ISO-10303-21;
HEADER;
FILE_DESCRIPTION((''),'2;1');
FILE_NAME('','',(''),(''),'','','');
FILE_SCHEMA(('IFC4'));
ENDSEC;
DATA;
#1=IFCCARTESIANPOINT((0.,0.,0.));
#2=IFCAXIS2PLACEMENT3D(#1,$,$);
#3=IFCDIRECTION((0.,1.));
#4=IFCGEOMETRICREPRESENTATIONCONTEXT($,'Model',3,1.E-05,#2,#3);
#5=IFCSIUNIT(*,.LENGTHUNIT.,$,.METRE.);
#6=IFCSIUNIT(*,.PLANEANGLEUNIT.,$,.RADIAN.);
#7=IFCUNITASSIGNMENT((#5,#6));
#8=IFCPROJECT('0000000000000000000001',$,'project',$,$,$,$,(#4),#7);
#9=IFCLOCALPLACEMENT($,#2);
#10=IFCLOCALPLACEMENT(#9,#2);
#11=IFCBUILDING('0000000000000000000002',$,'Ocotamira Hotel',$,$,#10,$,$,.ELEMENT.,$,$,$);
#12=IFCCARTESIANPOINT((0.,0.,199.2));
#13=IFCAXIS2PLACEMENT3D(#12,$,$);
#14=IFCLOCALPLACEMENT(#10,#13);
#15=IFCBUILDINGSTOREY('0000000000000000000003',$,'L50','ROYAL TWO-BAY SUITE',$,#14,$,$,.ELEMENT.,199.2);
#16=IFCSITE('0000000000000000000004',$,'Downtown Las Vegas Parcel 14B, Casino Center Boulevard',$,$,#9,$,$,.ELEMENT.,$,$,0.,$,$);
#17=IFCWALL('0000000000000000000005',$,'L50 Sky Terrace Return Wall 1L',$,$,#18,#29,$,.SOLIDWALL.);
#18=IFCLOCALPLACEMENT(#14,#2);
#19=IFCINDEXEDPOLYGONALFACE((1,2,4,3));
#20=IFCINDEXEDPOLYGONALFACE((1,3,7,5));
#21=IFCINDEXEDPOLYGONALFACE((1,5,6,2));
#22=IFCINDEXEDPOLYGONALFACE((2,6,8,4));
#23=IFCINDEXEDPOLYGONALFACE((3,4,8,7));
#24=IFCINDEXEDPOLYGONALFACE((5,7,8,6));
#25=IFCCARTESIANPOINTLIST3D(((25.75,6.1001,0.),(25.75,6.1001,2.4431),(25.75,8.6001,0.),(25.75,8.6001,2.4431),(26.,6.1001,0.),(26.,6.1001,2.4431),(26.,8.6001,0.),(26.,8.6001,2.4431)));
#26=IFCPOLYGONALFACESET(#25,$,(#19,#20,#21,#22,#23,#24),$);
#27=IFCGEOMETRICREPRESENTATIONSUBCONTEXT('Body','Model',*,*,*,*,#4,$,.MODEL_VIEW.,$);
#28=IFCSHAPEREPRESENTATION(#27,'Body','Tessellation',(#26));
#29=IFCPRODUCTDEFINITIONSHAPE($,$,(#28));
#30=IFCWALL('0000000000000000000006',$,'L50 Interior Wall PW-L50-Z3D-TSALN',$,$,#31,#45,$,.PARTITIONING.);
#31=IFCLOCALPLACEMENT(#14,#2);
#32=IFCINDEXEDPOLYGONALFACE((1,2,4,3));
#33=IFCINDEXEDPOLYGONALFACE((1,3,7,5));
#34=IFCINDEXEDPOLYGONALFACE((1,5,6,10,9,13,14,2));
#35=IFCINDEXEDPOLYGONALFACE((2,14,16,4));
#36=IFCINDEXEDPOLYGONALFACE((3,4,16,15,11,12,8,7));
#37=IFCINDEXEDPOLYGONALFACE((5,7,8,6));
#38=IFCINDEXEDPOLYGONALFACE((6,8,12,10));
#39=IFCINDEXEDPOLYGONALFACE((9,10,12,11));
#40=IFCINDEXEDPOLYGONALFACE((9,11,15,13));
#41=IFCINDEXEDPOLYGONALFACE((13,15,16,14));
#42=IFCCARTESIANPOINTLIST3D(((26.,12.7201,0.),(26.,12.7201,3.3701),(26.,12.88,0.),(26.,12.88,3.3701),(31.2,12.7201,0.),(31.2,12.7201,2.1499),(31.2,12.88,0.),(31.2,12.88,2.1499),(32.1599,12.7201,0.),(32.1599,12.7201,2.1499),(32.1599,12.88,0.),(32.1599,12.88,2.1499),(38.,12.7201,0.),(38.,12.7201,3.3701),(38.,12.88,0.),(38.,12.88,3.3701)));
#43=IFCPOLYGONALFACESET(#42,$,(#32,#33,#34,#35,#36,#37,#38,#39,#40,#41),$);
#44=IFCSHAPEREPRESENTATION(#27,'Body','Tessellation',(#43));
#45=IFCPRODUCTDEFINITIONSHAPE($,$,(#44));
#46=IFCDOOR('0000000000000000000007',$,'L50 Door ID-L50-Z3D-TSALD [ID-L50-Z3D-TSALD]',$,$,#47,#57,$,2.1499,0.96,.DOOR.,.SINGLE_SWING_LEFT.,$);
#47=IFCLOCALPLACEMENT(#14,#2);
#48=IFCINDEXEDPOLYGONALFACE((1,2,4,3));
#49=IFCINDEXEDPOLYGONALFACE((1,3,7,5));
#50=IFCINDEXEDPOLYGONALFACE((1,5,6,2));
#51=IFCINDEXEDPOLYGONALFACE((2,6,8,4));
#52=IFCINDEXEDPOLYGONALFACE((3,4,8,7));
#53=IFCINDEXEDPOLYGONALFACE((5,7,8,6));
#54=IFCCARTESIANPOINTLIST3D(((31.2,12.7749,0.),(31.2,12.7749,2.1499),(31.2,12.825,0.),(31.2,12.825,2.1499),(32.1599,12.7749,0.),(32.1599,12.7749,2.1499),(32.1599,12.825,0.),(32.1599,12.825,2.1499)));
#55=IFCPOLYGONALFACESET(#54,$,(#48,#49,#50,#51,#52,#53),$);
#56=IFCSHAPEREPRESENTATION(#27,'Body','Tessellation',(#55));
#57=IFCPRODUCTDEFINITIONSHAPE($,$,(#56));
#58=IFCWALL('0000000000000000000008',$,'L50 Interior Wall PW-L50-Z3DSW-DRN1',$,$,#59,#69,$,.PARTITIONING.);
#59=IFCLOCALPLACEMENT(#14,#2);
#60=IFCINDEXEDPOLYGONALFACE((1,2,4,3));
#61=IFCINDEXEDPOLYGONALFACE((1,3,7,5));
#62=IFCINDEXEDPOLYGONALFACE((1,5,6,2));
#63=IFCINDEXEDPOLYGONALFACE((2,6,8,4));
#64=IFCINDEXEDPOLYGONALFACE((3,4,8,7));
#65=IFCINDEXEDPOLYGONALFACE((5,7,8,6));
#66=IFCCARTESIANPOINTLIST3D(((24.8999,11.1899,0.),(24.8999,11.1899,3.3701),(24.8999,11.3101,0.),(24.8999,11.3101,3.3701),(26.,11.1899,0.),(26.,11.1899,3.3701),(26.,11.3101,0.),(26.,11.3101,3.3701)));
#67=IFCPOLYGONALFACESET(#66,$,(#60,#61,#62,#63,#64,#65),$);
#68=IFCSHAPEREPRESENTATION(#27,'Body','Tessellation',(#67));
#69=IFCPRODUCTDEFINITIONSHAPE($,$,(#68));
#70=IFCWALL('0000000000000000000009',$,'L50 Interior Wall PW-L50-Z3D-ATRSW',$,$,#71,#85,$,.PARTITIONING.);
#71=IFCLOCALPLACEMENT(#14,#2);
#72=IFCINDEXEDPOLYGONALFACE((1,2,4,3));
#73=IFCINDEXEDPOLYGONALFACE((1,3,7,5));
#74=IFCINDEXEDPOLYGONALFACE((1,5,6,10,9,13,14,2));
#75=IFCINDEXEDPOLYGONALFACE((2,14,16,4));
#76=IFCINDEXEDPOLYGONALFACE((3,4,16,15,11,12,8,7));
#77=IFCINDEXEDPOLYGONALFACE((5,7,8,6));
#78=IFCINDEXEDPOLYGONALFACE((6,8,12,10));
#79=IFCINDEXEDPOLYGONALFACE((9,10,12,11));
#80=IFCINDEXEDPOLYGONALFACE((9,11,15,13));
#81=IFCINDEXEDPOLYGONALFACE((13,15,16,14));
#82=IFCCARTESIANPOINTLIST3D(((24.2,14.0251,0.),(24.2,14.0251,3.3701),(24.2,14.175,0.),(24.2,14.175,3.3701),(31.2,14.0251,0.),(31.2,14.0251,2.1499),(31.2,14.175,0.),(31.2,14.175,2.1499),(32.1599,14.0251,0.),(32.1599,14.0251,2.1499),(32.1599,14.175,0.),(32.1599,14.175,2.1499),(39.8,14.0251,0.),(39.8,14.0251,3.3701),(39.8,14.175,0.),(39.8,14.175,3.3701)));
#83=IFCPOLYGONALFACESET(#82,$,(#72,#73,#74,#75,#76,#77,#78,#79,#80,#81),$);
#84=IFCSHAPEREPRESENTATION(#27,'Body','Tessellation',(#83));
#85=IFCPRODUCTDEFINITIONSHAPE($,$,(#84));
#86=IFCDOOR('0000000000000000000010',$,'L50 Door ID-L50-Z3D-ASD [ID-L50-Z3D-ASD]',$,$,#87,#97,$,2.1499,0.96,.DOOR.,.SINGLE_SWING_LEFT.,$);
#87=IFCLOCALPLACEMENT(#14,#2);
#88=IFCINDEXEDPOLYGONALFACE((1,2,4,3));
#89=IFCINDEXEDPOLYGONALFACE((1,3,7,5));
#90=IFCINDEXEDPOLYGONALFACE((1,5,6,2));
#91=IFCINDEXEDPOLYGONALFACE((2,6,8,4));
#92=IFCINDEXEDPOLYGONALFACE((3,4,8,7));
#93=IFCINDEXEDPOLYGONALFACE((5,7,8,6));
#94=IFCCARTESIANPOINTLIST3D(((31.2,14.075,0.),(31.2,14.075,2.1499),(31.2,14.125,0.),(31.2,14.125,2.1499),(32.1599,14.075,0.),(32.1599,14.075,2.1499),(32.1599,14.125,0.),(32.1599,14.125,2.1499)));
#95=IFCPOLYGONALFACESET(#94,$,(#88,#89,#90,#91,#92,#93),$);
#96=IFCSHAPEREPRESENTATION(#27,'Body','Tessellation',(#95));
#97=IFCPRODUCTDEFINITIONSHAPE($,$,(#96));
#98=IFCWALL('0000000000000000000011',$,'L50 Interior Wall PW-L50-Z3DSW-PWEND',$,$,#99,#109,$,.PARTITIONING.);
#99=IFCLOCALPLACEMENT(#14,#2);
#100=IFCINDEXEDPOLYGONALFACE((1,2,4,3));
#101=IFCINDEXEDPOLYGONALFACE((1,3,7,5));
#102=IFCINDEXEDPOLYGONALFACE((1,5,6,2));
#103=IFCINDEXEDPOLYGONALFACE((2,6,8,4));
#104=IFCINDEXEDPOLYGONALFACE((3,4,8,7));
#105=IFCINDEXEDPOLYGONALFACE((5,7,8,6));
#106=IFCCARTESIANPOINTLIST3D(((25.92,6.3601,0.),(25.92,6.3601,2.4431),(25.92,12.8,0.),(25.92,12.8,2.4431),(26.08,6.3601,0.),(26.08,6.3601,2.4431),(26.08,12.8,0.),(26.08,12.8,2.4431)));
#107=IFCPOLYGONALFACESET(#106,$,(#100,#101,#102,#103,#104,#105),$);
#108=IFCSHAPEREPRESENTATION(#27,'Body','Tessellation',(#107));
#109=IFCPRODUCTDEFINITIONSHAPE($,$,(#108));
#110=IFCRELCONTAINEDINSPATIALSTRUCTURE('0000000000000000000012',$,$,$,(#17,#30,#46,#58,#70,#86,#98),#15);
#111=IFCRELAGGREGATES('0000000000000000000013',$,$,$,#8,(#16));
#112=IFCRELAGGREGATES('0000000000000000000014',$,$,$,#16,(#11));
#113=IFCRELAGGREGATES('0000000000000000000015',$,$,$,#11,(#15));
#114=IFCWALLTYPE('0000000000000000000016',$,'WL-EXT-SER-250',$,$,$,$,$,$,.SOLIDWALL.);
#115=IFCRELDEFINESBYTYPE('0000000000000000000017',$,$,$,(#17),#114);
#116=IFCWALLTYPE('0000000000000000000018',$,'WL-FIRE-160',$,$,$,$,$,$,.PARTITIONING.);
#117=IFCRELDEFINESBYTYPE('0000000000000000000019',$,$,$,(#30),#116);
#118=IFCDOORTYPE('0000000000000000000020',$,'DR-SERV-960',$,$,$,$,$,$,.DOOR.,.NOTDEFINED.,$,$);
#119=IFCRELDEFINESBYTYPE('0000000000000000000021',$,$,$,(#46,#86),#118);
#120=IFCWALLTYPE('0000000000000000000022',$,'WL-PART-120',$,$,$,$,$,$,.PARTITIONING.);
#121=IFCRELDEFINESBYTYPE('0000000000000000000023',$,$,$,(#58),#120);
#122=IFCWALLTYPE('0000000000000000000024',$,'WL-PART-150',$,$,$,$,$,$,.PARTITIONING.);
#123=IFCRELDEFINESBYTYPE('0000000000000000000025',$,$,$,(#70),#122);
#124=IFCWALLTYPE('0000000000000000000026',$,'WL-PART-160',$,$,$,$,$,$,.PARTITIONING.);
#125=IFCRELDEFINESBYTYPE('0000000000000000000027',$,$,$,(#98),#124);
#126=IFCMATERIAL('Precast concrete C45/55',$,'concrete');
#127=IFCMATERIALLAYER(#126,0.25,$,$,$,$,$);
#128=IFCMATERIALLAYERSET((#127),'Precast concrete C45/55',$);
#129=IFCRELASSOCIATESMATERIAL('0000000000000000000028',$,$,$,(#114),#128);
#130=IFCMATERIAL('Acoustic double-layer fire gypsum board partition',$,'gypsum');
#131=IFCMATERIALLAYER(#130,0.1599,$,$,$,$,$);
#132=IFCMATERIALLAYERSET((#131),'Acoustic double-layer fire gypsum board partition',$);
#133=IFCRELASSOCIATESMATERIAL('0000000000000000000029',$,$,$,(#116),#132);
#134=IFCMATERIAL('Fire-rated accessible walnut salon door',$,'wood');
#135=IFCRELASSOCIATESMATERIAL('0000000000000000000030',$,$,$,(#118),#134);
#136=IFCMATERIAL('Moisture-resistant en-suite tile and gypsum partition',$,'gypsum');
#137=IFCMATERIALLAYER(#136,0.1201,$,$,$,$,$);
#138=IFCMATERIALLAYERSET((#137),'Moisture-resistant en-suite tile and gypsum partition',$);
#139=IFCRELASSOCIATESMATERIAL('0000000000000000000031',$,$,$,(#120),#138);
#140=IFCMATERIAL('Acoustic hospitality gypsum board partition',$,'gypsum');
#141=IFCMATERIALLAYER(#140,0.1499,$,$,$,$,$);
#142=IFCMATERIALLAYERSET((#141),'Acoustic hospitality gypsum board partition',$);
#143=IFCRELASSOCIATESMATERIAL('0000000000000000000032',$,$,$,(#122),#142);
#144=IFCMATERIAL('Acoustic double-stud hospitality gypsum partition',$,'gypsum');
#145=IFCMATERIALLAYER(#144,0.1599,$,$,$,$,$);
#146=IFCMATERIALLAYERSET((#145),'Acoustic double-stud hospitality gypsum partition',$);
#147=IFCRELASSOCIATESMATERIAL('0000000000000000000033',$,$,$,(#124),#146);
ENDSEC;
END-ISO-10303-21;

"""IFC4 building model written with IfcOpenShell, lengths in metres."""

from ifc_helpers import new_model, si_unit, direction, frame, frame_2d, origin, place, context, subcontext, project, spatial, rectangle, extrude, source, transform, mapped, material, layer, layer_set, type_object, element, fill, save


model = new_model("IFC4")

# Units and contexts
model_context = context("Model", 3, precision=1e-05, world=origin(), true_north=direction((0.0, 1.0)))
body_context = subcontext(model_context, "Body", "Model", "MODEL_VIEW")
ifc_project = project(units=[si_unit("LENGTHUNIT", "METRE"), si_unit("PLANEANGLEUNIT", "RADIAN")], contexts=[model_context])

# Site, building, storey
site_placement = place(None, origin())
site = spatial("IfcSite", under=ifc_project, at=site_placement, Name="Downtown Las Vegas Parcel 14B, Casino Center Boulevard", CompositionType="ELEMENT", RefElevation=0.0)
building_placement = place(site_placement, origin())
building = spatial("IfcBuilding", under=site, at=building_placement, Name="Ocotamira Hotel", CompositionType="ELEMENT")
storey_placement = place(building_placement, frame((0.0, 0.0, 199.2)))
storey = spatial("IfcBuildingStorey", under=building, at=storey_placement, Name="L50", Description="ROYAL TWO-BAY SUITE", CompositionType="ELEMENT", Elevation=199.2)

# Shared definitions
ifc_material_1 = material(Name="Precast concrete C45/55", Category="concrete")
ifc_layer_1 = layer(ifc_material_1, 0.25)
ifc_layer_set_1 = layer_set([ifc_layer_1], Name="Precast concrete C45/55")
wall_type_1 = type_object("IfcWallType", Name="WL-EXT-SER-250", PredefinedType="SOLIDWALL", material=ifc_layer_set_1)

# Wall
wall_1_placement = place(storey_placement, frame((25.875, 6.1001, 0.0), z_axis=(0.0, 0.0, 1.0), x_axis=(0.0, 1.0, 0.0)))
element("IfcWall", 1, at=wall_1_placement, inside=storey, type_object=wall_type_1, Name="L50 Sky Terrace Return Wall 1L", PredefinedType="SOLIDWALL", context=body_context, shape_type="SweptSolid", body=[
    extrude(rectangle(XDim=2.5, YDim=0.25, at=frame_2d((1.25, 0.0))), origin(), (0.0, 0.0, 1.0), 2.4431),
])

# Wall, opening, door
ifc_material_2 = material(Name="Acoustic double-layer fire gypsum board partition", Category="gypsum")
ifc_layer_2 = layer(ifc_material_2, 0.1599)
ifc_layer_set_2 = layer_set([ifc_layer_2], Name="Acoustic double-layer fire gypsum board partition")
wall_type_2 = type_object("IfcWallType", Name="WL-FIRE-160", PredefinedType="PARTITIONING", material=ifc_layer_set_2)
wall_2_placement = place(storey_placement, frame((26.0, 12.8, 0.0), z_axis=(0.0, 0.0, 1.0), x_axis=(1.0, 0.0, 0.0)))
wall_2 = element("IfcWall", 2, at=wall_2_placement, inside=storey, type_object=wall_type_2, Name="L50 Interior Wall PW-L50-Z3D-TSALN", PredefinedType="PARTITIONING", context=body_context, shape_type="SweptSolid", body=[
    extrude(rectangle(XDim=12.0, YDim=0.1599, at=frame_2d((6.0, 0.0))), origin(), (0.0, 0.0, 1.0), 3.3701),
])
opening_1_placement = place(wall_2_placement, frame((5.2, 0.0, 0.0)))
opening_1 = element("IfcOpeningElement", 3, at=opening_1_placement, cuts=wall_2, PredefinedType="OPENING", context=body_context, shape_type="SweptSolid", body=[
    extrude(rectangle(XDim=0.96, YDim=2.1499, at=frame_2d((0.48, 1.075))), frame((0.0, 0.0898, 0.0), z_axis=(0.0, -1.0, 0.0), x_axis=(1.0, 0.0, 0.0)), (0.0, 0.0, 1.0), 0.1799),
])
ifc_material_3 = material(Name="Fire-rated accessible walnut salon door", Category="wood")
door_type_1 = type_object("IfcDoorType", Name="DR-SERV-960", OperationType="NOTDEFINED", PredefinedType="DOOR", material=ifc_material_3)
shared_shape_1 = source(origin(), body_context, "Body", "SweptSolid", [
    extrude(rectangle(XDim=0.96, YDim=2.1499, at=frame_2d((0.48, 1.075))), frame((0.0, 0.0249, 0.0), z_axis=(0.0, -1.0, 0.0), x_axis=(1.0, 0.0, 0.0)), (0.0, 0.0, 1.0), 0.05),
])
door_1_placement = place(opening_1_placement, origin())
door_1 = element("IfcDoor", 4, at=door_1_placement, inside=storey, type_object=door_type_1, Name="L50 Door ID-L50-Z3D-TSALD [ID-L50-Z3D-TSALD]", OperationType="SINGLE_SWING_LEFT", OverallHeight=2.1499, OverallWidth=0.96, PredefinedType="DOOR", context=body_context, shape_type="MappedRepresentation", body=[
    mapped(shared_shape_1, transform((0.0, 0.0, 0.0), scale=1.0)),
])
fill(opening_1, door_1)

# Wall
ifc_material_4 = material(Name="Moisture-resistant en-suite tile and gypsum partition", Category="gypsum")
ifc_layer_3 = layer(ifc_material_4, 0.1201)
ifc_layer_set_3 = layer_set([ifc_layer_3], Name="Moisture-resistant en-suite tile and gypsum partition")
wall_type_3 = type_object("IfcWallType", Name="WL-PART-120", PredefinedType="PARTITIONING", material=ifc_layer_set_3)
wall_3_placement = place(storey_placement, frame((24.8999, 11.25, 0.0), z_axis=(0.0, 0.0, 1.0), x_axis=(1.0, 0.0, 0.0)))
element("IfcWall", 5, at=wall_3_placement, inside=storey, type_object=wall_type_3, Name="L50 Interior Wall PW-L50-Z3DSW-DRN1", PredefinedType="PARTITIONING", context=body_context, shape_type="SweptSolid", body=[
    extrude(rectangle(XDim=1.1001, YDim=0.1201, at=frame_2d((0.55, 0.0))), origin(), (0.0, 0.0, 1.0), 3.3701),
])

# Wall, opening, door
ifc_material_5 = material(Name="Acoustic hospitality gypsum board partition", Category="gypsum")
ifc_layer_4 = layer(ifc_material_5, 0.1499)
ifc_layer_set_4 = layer_set([ifc_layer_4], Name="Acoustic hospitality gypsum board partition")
wall_type_4 = type_object("IfcWallType", Name="WL-PART-150", PredefinedType="PARTITIONING", material=ifc_layer_set_4)
wall_4_placement = place(storey_placement, frame((24.2, 14.1001, 0.0), z_axis=(0.0, 0.0, 1.0), x_axis=(1.0, 0.0, 0.0)))
wall_4 = element("IfcWall", 6, at=wall_4_placement, inside=storey, type_object=wall_type_4, Name="L50 Interior Wall PW-L50-Z3D-ATRSW", PredefinedType="PARTITIONING", context=body_context, shape_type="SweptSolid", body=[
    extrude(rectangle(XDim=15.6001, YDim=0.1499, at=frame_2d((7.8, 0.0))), origin(), (0.0, 0.0, 1.0), 3.3701),
])
opening_2_placement = place(wall_4_placement, frame((7.0, 0.0, 0.0)))
opening_2 = element("IfcOpeningElement", 7, at=opening_2_placement, cuts=wall_4, PredefinedType="OPENING", context=body_context, shape_type="SweptSolid", body=[
    extrude(rectangle(XDim=0.96, YDim=2.1499, at=frame_2d((0.48, 1.075))), frame((0.0, 0.085, 0.0), z_axis=(0.0, -1.0, 0.0), x_axis=(1.0, 0.0, 0.0)), (0.0, 0.0, 1.0), 0.1699),
])
door_2_placement = place(opening_2_placement, origin())
door_2 = element("IfcDoor", 8, at=door_2_placement, inside=storey, type_object=door_type_1, Name="L50 Door ID-L50-Z3D-ASD [ID-L50-Z3D-ASD]", OperationType="SINGLE_SWING_LEFT", OverallHeight=2.1499, OverallWidth=0.96, PredefinedType="DOOR", context=body_context, shape_type="MappedRepresentation", body=[
    mapped(shared_shape_1, transform((0.0, 0.0, 0.0), scale=1.0)),
])
fill(opening_2, door_2)

# Wall
ifc_material_6 = material(Name="Acoustic double-stud hospitality gypsum partition", Category="gypsum")
ifc_layer_5 = layer(ifc_material_6, 0.1599)
ifc_layer_set_5 = layer_set([ifc_layer_5], Name="Acoustic double-stud hospitality gypsum partition")
wall_type_5 = type_object("IfcWallType", Name="WL-PART-160", PredefinedType="PARTITIONING", material=ifc_layer_set_5)
wall_5_placement = place(storey_placement, frame((26.0, 6.3601, 0.0), z_axis=(0.0, 0.0, 1.0), x_axis=(0.0, 1.0, 0.0)))
element("IfcWall", 9, at=wall_5_placement, inside=storey, type_object=wall_type_5, Name="L50 Interior Wall PW-L50-Z3DSW-PWEND", PredefinedType="PARTITIONING", context=body_context, shape_type="SweptSolid", body=[
    extrude(rectangle(XDim=6.4399, YDim=0.1599, at=frame_2d((3.22, 0.0))), origin(), (0.0, 0.0, 1.0), 2.4431),
])

save(model, "model.ifc")
